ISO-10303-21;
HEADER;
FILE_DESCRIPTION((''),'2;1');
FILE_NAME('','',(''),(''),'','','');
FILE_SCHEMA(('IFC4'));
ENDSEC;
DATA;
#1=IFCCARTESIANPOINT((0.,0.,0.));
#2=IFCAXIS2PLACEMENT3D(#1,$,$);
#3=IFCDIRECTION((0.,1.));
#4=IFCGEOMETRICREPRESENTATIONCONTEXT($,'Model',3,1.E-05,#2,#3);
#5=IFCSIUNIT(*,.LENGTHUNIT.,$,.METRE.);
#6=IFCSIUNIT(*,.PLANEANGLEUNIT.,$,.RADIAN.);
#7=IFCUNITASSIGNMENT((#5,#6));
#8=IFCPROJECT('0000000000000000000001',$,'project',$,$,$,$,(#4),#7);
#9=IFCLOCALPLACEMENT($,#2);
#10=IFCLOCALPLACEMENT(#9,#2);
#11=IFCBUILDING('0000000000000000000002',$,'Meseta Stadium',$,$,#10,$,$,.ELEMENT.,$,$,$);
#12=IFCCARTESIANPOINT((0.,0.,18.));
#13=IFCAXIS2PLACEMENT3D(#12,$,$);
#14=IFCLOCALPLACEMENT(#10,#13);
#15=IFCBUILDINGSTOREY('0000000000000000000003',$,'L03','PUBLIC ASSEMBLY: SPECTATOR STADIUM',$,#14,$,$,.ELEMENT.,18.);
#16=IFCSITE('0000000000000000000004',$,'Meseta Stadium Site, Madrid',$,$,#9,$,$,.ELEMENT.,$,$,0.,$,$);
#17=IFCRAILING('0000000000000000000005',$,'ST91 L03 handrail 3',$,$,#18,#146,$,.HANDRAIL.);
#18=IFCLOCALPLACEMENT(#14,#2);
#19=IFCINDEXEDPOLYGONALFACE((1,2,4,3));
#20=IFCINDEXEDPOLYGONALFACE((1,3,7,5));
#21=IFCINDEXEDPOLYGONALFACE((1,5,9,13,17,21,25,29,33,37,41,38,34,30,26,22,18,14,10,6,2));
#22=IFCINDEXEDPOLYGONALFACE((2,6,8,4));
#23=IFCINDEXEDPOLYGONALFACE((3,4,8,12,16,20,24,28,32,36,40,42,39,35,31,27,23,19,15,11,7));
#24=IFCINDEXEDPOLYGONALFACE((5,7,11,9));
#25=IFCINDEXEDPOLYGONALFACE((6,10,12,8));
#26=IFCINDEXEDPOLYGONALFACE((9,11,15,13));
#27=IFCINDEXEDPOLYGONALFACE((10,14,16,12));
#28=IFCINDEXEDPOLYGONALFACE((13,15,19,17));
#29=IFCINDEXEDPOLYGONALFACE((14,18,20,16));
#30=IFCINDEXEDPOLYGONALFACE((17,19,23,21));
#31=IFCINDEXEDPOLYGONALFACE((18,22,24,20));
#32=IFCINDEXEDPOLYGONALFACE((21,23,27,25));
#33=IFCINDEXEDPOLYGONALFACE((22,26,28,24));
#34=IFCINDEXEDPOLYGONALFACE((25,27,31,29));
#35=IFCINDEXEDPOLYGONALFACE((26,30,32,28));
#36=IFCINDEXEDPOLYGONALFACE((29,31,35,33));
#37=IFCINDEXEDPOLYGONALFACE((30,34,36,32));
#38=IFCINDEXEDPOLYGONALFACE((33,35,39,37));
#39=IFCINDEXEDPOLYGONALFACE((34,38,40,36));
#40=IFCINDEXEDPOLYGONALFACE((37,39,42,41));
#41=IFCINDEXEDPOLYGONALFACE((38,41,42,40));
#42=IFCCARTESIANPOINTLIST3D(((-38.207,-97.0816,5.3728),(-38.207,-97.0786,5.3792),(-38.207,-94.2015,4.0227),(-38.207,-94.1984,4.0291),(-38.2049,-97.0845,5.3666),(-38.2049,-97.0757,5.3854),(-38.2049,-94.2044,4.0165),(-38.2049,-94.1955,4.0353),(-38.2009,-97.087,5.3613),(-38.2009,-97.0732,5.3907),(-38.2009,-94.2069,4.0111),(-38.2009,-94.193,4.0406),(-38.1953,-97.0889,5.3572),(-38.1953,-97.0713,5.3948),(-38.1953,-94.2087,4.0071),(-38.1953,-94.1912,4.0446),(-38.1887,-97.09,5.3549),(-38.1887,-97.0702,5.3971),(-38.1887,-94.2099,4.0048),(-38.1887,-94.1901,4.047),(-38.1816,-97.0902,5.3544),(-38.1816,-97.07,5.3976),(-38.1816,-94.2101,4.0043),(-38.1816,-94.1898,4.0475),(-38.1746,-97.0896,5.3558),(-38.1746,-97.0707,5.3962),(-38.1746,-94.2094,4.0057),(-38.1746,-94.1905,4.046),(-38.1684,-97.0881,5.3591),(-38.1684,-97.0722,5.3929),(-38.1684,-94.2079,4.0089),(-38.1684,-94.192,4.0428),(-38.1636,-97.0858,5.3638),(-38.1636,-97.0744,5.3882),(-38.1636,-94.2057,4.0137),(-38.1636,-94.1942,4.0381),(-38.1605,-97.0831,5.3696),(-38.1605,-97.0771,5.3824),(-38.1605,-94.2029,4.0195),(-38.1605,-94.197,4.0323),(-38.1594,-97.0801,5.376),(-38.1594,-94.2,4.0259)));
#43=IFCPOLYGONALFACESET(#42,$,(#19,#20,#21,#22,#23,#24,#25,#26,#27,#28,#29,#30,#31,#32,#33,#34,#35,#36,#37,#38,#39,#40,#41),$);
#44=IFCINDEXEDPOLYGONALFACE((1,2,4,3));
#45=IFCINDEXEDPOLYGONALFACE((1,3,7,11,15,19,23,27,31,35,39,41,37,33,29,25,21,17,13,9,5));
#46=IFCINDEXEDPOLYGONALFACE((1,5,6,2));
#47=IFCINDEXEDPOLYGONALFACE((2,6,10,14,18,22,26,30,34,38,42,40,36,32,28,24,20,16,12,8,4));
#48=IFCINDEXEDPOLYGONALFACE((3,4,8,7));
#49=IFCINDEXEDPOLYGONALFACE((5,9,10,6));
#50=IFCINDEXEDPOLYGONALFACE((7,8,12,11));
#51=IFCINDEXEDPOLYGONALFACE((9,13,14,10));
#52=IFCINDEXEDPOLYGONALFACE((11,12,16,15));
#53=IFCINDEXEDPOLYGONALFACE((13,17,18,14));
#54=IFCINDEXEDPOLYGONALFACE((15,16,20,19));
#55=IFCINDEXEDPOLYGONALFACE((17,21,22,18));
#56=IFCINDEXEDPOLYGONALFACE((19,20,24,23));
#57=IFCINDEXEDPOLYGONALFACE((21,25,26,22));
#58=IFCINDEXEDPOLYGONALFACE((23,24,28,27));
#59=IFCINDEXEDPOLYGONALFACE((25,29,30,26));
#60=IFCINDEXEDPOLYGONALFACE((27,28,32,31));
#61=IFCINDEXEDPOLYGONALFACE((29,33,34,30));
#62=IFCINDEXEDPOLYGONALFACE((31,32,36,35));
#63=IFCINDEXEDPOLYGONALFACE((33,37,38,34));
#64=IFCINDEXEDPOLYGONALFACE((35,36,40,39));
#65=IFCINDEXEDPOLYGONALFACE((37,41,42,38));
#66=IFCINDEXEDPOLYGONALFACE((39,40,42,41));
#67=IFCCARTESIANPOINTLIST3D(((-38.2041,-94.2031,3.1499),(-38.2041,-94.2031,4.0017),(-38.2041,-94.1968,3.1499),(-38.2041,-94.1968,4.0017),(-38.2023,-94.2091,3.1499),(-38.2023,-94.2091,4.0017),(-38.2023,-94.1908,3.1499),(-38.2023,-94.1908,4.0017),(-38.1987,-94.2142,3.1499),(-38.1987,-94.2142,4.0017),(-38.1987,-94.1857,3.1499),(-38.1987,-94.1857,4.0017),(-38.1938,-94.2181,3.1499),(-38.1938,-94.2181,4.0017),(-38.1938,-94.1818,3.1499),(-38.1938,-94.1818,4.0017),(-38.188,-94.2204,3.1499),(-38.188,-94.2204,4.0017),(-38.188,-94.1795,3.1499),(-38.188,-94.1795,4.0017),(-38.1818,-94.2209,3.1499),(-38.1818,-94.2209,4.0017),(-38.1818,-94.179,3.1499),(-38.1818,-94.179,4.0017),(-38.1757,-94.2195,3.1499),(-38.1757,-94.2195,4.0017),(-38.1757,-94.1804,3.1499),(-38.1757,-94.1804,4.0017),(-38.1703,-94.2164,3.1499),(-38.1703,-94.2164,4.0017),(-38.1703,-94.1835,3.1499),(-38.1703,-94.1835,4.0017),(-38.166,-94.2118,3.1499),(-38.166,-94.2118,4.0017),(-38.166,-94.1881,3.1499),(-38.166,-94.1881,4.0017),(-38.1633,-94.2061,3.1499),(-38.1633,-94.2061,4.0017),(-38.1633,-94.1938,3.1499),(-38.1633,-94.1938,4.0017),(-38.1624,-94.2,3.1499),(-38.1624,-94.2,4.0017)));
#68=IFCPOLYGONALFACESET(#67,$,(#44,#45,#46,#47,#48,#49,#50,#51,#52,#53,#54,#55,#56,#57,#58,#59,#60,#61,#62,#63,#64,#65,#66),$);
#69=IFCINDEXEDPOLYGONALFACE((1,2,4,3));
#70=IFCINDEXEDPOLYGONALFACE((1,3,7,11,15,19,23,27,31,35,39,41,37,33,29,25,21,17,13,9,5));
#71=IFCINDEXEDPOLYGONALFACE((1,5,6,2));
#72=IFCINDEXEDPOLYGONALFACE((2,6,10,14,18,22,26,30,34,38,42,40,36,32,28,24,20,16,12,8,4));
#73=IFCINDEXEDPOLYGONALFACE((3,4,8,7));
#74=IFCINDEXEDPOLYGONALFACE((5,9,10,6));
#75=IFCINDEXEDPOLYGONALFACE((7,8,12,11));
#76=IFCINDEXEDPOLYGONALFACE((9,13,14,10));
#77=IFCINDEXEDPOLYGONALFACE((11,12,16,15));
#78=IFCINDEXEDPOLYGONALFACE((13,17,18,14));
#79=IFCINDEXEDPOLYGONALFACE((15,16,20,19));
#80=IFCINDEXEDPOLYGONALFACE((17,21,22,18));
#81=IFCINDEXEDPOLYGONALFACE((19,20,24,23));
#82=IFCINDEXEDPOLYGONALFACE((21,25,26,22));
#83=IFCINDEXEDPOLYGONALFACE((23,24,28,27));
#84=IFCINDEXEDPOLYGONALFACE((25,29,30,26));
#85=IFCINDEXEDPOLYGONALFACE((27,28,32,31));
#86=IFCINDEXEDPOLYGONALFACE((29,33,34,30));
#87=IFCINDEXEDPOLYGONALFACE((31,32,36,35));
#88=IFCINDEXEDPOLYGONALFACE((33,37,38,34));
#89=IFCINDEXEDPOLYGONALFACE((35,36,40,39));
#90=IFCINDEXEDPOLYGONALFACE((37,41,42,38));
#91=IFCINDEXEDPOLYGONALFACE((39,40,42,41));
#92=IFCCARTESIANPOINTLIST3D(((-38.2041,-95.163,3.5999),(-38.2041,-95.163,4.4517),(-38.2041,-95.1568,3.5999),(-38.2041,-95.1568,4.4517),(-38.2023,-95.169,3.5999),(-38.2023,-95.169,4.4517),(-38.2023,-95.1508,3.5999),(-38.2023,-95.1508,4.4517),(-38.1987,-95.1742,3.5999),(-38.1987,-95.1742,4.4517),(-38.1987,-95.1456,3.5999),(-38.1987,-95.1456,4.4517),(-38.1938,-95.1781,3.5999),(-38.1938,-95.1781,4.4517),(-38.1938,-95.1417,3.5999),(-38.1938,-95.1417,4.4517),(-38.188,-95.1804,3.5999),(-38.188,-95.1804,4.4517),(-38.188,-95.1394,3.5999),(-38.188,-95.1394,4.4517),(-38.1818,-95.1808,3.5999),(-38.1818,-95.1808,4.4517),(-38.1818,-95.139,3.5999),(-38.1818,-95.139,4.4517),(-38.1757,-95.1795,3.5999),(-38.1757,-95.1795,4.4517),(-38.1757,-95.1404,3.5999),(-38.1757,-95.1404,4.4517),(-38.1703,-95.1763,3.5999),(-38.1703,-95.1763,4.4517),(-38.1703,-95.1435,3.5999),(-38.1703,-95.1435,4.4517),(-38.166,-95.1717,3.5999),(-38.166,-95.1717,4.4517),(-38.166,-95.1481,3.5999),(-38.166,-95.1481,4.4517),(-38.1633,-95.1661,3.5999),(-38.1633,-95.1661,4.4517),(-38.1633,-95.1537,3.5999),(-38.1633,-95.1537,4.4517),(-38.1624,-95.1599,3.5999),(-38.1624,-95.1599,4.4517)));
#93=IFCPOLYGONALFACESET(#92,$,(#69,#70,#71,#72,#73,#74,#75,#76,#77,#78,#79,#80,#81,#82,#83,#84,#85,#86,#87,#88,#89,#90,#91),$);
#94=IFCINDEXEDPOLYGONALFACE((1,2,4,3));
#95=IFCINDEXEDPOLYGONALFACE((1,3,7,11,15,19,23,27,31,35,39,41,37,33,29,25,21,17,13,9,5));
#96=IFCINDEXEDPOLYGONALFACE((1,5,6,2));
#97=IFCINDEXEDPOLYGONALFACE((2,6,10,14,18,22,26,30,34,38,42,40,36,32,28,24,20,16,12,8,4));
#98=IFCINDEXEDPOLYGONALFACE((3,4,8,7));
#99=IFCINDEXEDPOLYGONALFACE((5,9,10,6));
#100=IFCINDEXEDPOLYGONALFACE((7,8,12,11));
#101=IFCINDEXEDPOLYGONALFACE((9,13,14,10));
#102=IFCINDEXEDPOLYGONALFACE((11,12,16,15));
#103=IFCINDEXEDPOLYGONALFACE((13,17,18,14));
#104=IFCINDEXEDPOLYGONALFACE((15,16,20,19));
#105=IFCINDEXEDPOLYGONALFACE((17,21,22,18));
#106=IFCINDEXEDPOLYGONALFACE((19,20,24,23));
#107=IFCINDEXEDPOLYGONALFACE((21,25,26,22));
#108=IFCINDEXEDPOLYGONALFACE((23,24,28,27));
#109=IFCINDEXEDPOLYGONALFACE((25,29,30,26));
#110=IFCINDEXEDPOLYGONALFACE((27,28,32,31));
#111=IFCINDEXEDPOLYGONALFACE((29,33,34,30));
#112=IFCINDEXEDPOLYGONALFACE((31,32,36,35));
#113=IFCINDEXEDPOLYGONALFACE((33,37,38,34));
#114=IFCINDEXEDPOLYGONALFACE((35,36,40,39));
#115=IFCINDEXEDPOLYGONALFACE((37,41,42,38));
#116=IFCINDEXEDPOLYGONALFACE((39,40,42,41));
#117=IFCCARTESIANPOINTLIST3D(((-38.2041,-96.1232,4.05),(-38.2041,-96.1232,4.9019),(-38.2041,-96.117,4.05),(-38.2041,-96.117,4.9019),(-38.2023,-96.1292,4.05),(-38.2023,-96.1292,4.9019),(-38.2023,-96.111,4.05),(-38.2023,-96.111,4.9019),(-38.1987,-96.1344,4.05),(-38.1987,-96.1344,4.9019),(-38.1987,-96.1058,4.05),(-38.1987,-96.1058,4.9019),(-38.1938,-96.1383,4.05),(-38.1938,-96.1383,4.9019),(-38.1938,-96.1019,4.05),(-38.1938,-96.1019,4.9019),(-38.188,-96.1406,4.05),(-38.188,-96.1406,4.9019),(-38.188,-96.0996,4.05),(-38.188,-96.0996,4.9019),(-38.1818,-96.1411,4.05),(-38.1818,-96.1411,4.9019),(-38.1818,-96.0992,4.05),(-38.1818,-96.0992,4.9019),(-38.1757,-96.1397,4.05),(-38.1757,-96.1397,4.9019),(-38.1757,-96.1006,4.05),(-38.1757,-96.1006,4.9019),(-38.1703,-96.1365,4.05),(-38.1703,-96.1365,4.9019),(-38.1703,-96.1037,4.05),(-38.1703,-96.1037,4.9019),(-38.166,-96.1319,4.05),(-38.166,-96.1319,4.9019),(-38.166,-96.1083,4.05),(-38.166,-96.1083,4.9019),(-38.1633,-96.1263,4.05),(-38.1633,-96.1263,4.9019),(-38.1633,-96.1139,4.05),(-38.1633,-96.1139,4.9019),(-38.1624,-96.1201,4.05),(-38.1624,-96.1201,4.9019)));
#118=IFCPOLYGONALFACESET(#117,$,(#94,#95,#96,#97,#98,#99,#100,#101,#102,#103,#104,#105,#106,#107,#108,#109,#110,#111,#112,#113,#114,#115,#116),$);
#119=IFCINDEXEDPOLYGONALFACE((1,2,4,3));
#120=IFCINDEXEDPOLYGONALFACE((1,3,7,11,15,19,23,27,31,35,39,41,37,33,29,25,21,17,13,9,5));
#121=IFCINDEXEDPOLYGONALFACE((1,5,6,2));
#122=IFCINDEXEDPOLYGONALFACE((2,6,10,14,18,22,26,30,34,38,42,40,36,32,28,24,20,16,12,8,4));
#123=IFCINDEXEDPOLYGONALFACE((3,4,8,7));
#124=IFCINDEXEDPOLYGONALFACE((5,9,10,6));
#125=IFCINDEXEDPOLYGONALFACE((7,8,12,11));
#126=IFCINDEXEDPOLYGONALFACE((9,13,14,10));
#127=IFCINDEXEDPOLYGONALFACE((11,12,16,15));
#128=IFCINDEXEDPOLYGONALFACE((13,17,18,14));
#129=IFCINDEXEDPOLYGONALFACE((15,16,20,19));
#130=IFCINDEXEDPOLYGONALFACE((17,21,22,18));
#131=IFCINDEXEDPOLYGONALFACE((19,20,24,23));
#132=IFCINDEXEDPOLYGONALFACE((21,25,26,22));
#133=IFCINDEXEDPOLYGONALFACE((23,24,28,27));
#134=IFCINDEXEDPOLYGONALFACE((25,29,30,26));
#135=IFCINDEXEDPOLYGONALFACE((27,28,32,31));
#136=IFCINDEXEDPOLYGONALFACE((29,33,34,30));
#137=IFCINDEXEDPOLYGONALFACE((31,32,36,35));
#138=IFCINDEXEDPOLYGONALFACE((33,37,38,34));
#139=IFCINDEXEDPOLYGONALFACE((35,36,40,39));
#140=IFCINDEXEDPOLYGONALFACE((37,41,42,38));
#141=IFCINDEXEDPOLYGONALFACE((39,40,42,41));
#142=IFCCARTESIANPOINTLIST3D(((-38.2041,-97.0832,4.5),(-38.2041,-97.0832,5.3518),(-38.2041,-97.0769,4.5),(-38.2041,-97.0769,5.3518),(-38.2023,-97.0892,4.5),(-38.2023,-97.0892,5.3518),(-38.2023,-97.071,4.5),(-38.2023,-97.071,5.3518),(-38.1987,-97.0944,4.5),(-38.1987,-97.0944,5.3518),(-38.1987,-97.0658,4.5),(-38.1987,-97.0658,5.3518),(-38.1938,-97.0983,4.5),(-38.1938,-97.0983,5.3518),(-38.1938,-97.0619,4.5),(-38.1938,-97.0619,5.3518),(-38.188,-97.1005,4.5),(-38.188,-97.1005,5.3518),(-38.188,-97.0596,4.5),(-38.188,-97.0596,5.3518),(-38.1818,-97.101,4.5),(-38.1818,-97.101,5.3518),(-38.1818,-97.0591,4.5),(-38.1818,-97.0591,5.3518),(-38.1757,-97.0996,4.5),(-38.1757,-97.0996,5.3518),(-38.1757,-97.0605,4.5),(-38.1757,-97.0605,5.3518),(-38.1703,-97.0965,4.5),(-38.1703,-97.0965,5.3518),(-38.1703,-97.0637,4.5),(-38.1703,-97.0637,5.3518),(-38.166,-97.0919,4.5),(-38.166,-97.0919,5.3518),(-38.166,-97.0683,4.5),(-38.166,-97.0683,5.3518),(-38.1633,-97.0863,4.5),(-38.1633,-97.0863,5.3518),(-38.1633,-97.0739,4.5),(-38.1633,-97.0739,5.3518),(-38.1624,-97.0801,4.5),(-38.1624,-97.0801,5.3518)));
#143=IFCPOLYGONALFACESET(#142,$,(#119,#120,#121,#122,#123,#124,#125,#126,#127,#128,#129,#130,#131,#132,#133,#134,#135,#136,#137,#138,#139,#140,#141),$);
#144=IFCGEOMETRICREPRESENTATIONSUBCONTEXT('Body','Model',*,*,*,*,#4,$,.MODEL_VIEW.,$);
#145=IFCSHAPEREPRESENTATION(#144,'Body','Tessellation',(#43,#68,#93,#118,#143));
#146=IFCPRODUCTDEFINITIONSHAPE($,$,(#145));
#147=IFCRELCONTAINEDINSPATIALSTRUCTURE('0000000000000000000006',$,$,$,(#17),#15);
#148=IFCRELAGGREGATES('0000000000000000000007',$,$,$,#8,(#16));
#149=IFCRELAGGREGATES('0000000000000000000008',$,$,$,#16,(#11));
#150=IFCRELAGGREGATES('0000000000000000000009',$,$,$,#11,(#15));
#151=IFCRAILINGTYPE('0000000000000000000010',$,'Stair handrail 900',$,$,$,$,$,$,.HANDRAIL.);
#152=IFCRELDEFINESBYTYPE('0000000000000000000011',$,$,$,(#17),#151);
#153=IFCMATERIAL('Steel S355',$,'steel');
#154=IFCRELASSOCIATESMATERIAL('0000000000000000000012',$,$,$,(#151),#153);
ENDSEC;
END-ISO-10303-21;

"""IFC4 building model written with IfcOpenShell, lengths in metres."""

from ifc_helpers import new_model, si_unit, direction, frame, origin, origin_2d, place, context, subcontext, project, spatial, circle, extrude, material, type_object, element, save


model = new_model("IFC4")

# Units and contexts
model_context = context("Model", 3, precision=1e-05, world=origin(), true_north=direction((0.0, 1.0)))
body_context = subcontext(model_context, "Body", "Model", "MODEL_VIEW")
ifc_project = project(units=[si_unit("LENGTHUNIT", "METRE"), si_unit("PLANEANGLEUNIT", "RADIAN")], contexts=[model_context])

# Site, building, storey
site_placement = place(None, origin())
site = spatial("IfcSite", under=ifc_project, at=site_placement, Name="Meseta Stadium Site, Madrid", CompositionType="ELEMENT", RefElevation=0.0)
building_placement = place(site_placement, origin())
building = spatial("IfcBuilding", under=site, at=building_placement, Name="Meseta Stadium", CompositionType="ELEMENT")
storey_placement = place(building_placement, frame((0.0, 0.0, 18.0)))
storey = spatial("IfcBuildingStorey", under=building, at=storey_placement, Name="L03", Description="PUBLIC ASSEMBLY: SPECTATOR STADIUM", CompositionType="ELEMENT", Elevation=18.0)

# Railing
ifc_material_1 = material(Name="Steel S355", Category="steel")
railing_type_1 = type_object("IfcRailingType", Name="Stair handrail 900", PredefinedType="HANDRAIL", material=ifc_material_1)
railing_1_placement = place(storey_placement, frame((-38.1833, -94.2, 3.1499)))
element("IfcRailing", 1, at=railing_1_placement, inside=storey, type_object=railing_type_1, Name="ST91 L03 handrail 3", PredefinedType="HANDRAIL", context=body_context, shape_type="SweptSolid", body=[
    extrude(circle(Radius=0.0239, at=origin_2d()), frame((0.0, 0.0, 0.876), z_axis=(0.0, -0.905454, 0.424444), x_axis=(1.0, 0.0, 0.0)), (0.0, 0.0, 1.0), 3.1809),
    extrude(circle(Radius=0.021, at=origin_2d()), origin(), (0.0, 0.0, 1.0), 0.8518),
    extrude(circle(Radius=0.021, at=origin_2d()), frame((0.0, -0.96, 0.45)), (0.0, 0.0, 1.0), 0.8518),
    extrude(circle(Radius=0.021, at=origin_2d()), frame((0.0, -1.9202, 0.9001)), (0.0, 0.0, 1.0), 0.8518),
    extrude(circle(Radius=0.021, at=origin_2d()), frame((0.0, -2.8801, 1.3501)), (0.0, 0.0, 1.0), 0.8518),
])

save(model, "model.ifc")
